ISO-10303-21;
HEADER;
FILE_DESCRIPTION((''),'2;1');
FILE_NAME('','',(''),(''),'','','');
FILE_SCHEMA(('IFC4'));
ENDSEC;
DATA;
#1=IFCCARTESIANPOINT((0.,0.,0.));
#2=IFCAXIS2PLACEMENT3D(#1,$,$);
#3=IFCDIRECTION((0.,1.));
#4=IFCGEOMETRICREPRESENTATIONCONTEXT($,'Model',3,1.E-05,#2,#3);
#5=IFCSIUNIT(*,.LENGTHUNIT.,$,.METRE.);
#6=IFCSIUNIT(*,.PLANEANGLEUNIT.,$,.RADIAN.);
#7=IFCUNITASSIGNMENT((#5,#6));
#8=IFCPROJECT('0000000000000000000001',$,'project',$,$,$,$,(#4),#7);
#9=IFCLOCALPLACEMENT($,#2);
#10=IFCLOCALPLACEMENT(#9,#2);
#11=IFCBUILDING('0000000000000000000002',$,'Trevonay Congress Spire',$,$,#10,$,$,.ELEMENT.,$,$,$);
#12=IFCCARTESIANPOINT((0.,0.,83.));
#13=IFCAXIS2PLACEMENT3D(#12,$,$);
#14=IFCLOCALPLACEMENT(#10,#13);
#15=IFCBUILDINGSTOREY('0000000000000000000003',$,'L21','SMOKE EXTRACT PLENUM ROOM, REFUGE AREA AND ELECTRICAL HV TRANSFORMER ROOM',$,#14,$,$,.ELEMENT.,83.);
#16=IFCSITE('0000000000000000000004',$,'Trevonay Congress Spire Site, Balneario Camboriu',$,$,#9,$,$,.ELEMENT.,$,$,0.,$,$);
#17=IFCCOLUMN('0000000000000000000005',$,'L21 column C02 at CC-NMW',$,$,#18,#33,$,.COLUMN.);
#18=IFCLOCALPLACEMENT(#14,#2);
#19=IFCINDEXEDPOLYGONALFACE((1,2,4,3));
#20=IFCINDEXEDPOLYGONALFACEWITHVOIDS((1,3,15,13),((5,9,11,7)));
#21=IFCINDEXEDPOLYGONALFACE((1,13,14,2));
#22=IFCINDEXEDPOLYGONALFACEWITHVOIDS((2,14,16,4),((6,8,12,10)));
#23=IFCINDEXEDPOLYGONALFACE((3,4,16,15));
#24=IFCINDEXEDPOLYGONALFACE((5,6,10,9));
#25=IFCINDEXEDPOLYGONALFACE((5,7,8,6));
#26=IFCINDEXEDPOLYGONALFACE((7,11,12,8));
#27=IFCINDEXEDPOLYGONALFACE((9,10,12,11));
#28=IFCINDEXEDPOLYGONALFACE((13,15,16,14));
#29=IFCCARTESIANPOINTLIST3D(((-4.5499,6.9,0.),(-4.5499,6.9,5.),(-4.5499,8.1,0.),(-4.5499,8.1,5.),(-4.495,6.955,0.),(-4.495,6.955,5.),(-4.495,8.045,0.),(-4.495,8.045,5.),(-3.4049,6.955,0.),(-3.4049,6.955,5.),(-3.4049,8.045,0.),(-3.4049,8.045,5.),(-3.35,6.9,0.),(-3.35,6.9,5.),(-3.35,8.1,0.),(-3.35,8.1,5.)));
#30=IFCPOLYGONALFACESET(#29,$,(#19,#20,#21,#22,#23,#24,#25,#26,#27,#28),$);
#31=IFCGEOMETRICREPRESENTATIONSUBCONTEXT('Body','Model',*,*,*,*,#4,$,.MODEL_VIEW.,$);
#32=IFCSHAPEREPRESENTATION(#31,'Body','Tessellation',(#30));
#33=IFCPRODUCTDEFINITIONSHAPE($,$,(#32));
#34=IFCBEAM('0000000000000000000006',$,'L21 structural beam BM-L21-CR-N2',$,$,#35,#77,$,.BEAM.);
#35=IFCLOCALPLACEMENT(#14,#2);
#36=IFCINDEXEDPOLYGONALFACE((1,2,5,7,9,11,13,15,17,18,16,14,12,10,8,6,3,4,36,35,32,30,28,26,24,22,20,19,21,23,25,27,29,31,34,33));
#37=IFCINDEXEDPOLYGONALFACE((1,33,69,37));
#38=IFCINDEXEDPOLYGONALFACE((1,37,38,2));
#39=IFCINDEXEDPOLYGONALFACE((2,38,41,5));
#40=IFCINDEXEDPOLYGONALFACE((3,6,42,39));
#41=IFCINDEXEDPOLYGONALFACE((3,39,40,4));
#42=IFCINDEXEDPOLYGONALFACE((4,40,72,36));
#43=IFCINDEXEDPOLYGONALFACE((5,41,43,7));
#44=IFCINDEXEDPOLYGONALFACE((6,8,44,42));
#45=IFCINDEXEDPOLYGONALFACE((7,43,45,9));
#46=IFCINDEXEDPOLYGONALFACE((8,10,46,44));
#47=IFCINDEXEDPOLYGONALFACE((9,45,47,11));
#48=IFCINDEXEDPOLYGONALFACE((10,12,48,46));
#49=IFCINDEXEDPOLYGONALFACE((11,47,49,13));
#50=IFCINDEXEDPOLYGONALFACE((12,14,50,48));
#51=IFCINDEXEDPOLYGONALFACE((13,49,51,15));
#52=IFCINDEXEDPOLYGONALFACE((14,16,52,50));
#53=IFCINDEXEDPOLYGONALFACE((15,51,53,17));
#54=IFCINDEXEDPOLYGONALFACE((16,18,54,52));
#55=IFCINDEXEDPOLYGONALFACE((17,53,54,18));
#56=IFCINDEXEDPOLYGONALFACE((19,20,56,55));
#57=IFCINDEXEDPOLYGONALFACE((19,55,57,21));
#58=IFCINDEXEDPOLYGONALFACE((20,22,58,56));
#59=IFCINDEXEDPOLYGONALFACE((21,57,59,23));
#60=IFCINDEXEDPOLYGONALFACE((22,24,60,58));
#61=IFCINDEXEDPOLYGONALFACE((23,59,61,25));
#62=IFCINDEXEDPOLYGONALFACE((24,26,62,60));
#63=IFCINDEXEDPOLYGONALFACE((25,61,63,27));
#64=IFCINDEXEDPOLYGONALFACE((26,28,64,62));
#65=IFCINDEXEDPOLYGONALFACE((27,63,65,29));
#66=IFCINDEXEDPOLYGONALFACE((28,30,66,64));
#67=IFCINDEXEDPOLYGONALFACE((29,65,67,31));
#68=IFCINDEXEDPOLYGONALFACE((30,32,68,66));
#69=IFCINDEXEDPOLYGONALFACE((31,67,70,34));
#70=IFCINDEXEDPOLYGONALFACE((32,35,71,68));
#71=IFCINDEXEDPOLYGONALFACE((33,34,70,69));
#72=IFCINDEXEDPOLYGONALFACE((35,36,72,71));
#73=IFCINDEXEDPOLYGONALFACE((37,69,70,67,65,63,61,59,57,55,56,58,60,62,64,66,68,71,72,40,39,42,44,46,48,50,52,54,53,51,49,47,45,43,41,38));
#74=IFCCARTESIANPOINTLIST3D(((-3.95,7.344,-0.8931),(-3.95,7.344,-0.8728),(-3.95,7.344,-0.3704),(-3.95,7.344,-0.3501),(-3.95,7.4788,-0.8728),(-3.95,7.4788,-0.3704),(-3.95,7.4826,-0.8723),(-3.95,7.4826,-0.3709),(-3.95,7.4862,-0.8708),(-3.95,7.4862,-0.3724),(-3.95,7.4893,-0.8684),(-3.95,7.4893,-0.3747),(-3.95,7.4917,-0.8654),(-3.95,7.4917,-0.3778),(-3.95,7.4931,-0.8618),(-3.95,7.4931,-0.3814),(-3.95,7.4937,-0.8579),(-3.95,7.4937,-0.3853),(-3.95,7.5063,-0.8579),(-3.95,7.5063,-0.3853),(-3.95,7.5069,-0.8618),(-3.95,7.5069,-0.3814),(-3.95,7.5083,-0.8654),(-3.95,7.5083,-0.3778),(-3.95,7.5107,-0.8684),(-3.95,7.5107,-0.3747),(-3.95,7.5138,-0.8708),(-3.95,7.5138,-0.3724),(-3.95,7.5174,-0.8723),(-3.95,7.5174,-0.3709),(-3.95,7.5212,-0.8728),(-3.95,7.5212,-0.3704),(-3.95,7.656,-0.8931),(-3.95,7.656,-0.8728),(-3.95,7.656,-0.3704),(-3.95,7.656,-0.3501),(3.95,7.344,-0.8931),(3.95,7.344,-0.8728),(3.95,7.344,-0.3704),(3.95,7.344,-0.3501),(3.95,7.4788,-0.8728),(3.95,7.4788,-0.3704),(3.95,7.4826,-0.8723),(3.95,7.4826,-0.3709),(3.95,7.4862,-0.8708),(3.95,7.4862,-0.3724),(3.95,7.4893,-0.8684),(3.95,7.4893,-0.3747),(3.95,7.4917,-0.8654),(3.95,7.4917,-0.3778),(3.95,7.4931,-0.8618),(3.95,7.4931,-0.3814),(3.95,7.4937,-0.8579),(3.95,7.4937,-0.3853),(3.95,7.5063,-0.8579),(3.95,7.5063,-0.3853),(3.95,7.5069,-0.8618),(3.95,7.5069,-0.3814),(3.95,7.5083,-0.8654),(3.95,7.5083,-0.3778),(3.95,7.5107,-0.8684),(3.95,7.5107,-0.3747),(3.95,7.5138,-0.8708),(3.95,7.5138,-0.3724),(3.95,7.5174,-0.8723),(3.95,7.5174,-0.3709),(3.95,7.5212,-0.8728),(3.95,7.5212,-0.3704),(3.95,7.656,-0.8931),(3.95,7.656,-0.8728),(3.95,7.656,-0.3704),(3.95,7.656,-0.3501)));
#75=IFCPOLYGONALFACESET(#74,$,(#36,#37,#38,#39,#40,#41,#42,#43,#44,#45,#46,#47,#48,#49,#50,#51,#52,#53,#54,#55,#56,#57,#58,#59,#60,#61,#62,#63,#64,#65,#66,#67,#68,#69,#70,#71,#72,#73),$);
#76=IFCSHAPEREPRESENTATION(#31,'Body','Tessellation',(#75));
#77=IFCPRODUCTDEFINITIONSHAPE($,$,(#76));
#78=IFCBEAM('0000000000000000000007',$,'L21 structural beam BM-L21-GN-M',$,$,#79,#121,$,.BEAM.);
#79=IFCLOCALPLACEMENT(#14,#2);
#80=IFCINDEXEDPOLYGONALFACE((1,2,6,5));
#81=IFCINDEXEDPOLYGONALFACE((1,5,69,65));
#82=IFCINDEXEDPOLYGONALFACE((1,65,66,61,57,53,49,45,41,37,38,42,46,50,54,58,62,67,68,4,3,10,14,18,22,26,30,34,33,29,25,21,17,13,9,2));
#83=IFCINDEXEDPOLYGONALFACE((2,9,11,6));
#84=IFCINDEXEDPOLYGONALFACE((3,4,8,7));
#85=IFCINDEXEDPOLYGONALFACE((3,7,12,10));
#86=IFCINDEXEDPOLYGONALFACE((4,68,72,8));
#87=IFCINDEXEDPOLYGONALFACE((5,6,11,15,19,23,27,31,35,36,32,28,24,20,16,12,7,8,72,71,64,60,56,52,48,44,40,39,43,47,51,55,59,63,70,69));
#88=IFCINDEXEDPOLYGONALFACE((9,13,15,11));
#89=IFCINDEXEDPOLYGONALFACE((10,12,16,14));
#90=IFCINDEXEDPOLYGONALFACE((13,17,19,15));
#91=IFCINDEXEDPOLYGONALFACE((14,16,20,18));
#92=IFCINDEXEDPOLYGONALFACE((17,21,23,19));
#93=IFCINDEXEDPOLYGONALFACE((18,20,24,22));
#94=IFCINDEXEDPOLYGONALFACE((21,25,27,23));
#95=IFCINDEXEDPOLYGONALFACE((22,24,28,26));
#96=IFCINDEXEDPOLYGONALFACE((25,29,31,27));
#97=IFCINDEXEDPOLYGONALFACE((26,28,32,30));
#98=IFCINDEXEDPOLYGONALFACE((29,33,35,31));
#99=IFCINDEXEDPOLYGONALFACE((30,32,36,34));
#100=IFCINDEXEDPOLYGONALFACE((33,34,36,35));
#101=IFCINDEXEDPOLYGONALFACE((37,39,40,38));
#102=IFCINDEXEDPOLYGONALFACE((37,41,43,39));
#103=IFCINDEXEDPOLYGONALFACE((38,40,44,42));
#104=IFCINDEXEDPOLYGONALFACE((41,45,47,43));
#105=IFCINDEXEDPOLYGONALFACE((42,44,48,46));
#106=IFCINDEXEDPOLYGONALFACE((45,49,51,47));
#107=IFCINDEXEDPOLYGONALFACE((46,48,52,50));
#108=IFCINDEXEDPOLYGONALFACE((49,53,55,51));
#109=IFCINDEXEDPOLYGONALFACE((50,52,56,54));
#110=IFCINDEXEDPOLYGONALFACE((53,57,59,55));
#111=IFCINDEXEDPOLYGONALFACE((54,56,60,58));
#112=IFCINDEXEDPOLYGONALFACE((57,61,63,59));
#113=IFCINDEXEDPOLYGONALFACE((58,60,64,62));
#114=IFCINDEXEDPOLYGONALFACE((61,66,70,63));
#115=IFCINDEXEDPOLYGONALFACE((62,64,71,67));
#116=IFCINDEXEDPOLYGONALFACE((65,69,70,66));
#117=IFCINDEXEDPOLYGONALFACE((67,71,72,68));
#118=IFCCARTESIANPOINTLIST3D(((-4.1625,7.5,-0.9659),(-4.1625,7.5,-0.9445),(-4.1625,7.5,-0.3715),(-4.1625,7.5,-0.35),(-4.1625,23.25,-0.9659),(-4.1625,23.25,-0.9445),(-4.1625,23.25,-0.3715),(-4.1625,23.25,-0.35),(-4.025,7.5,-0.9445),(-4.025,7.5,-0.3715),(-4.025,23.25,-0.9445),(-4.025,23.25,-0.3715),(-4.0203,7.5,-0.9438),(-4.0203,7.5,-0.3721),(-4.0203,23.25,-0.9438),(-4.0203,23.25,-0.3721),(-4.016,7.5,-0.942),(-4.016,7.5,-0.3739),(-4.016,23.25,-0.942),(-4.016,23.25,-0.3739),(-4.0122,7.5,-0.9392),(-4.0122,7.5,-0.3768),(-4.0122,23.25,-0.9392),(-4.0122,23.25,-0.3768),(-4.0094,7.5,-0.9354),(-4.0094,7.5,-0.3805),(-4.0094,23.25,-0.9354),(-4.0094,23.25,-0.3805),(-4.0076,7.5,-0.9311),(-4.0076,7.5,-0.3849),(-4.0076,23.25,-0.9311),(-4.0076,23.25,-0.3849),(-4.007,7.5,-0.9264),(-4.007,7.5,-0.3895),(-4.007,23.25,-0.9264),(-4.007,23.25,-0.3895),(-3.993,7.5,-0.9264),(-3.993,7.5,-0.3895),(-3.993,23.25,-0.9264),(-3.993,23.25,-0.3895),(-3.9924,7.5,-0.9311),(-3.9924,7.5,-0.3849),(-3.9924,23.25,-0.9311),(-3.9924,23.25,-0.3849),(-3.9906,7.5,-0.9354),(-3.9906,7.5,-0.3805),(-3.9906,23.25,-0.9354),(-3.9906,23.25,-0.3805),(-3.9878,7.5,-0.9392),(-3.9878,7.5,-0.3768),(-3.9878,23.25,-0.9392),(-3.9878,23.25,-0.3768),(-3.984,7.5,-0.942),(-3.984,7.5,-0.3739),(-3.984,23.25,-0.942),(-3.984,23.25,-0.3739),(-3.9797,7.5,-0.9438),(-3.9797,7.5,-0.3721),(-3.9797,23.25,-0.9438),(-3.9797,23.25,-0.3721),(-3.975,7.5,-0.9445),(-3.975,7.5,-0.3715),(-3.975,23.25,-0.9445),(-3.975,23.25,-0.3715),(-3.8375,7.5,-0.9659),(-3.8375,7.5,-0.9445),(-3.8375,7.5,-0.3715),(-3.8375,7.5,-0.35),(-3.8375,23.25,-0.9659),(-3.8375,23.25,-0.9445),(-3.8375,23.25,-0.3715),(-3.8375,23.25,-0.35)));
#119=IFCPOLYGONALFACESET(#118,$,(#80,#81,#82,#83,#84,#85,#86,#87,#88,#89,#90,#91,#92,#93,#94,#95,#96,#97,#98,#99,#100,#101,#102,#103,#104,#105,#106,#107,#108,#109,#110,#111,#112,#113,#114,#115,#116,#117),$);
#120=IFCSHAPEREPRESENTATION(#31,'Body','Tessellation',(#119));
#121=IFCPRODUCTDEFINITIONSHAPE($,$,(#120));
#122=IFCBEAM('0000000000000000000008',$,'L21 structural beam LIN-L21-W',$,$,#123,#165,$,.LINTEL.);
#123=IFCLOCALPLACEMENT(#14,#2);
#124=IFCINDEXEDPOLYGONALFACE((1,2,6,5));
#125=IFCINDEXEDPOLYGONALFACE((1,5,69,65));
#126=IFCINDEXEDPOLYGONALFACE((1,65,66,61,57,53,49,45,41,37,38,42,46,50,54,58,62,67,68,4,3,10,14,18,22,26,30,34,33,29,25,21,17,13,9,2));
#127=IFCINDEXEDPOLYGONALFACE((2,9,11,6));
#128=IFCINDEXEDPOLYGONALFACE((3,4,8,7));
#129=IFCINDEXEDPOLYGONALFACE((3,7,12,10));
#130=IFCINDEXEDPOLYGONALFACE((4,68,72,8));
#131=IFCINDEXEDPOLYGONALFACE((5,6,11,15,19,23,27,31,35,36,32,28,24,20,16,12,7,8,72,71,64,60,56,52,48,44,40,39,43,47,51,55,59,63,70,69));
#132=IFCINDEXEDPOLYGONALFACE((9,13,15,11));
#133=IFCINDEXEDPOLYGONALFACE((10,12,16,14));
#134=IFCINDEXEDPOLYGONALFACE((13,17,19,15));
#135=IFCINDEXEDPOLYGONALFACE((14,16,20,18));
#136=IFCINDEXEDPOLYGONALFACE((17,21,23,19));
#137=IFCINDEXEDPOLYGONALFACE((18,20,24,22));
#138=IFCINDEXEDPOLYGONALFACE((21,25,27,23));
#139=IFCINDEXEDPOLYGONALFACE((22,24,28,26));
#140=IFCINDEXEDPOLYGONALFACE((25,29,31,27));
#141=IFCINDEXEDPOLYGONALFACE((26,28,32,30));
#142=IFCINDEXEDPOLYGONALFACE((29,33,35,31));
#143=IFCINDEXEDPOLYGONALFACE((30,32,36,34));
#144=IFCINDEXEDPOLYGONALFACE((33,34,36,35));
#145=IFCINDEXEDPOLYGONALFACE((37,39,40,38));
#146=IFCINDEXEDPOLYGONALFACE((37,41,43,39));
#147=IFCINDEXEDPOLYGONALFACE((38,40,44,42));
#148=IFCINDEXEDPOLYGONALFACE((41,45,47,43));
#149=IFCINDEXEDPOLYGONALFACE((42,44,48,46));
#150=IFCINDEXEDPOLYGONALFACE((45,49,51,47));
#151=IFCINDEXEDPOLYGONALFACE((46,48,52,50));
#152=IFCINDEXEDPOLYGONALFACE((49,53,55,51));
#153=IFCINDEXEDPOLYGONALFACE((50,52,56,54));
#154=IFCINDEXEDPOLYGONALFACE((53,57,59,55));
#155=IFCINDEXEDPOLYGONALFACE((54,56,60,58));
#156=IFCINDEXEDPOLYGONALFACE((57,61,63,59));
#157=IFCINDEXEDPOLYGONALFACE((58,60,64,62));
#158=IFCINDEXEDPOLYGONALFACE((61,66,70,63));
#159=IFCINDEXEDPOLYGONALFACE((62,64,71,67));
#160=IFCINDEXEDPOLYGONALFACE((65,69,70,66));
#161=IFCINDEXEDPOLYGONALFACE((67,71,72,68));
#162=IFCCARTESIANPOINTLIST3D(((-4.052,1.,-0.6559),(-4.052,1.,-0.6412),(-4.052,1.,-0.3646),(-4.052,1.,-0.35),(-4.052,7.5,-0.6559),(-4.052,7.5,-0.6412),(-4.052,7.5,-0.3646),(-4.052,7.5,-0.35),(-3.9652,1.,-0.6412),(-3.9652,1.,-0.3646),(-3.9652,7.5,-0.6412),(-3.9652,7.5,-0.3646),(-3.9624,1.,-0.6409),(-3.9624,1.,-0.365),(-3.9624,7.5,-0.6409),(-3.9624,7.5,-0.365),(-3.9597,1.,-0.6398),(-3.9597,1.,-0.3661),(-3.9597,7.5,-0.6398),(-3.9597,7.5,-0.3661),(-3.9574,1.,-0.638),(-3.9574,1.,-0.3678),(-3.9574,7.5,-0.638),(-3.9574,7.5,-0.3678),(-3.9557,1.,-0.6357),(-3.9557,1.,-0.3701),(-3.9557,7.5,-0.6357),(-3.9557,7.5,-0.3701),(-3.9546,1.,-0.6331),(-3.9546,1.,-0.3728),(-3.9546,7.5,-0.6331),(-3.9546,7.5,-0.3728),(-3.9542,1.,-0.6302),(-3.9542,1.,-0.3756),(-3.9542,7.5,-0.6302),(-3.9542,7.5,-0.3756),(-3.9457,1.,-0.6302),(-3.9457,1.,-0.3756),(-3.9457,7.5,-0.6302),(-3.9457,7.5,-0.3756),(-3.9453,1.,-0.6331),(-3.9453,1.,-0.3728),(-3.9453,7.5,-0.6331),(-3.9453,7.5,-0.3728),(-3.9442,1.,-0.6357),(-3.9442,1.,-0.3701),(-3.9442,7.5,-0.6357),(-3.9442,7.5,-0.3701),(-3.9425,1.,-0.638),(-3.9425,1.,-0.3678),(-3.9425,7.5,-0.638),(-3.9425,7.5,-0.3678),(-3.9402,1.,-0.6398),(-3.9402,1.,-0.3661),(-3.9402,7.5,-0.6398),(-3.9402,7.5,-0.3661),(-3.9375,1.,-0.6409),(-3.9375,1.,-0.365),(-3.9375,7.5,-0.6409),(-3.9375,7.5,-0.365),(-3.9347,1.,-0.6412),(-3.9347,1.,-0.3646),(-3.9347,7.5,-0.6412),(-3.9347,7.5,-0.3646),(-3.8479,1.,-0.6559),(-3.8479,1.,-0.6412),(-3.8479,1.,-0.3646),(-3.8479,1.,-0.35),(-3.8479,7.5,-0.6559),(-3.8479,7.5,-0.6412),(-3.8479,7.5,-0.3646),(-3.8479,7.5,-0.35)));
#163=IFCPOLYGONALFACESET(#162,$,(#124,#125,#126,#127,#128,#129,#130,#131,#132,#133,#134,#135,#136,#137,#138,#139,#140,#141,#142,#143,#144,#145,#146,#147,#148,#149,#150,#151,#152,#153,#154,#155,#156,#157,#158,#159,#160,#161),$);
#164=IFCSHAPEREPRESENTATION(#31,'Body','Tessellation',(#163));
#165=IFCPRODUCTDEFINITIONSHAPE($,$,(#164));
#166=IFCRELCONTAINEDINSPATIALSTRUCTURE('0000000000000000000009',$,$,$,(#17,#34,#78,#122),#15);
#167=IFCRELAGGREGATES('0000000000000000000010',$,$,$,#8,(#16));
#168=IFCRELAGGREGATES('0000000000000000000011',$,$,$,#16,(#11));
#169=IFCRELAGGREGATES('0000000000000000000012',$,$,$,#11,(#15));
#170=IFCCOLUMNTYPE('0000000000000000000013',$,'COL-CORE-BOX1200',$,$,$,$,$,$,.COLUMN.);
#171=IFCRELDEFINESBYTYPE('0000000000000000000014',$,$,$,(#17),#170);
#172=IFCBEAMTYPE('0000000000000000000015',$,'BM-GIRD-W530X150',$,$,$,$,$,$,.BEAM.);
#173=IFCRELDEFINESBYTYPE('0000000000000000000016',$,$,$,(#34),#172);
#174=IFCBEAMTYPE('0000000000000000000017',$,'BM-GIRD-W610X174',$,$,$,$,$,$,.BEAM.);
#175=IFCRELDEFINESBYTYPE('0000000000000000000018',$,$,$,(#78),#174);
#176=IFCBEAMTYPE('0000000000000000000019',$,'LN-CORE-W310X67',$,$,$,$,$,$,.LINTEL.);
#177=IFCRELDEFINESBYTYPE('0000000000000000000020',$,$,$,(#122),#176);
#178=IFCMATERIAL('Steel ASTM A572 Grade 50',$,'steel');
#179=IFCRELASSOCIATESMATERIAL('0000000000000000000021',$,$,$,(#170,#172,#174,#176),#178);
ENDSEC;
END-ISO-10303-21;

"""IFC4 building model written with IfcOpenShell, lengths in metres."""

from ifc_helpers import new_model, si_unit, direction, frame, origin, origin_2d, place, context, subcontext, project, spatial, hollow_rectangle, i_section, extrude, material, material_profile, profile_set, type_object, element, save


model = new_model("IFC4")

# Units and contexts
model_context = context("Model", 3, precision=1e-05, world=origin(), true_north=direction((0.0, 1.0)))
body_context = subcontext(model_context, "Body", "Model", "MODEL_VIEW")
ifc_project = project(units=[si_unit("LENGTHUNIT", "METRE"), si_unit("PLANEANGLEUNIT", "RADIAN")], contexts=[model_context])

# Site, building, storey
site_placement = place(None, origin())
site = spatial("IfcSite", under=ifc_project, at=site_placement, Name="Trevonay Congress Spire Site, Balneario Camboriu", CompositionType="ELEMENT", RefElevation=0.0)
building_placement = place(site_placement, origin())
building = spatial("IfcBuilding", under=site, at=building_placement, Name="Trevonay Congress Spire", CompositionType="ELEMENT")
storey_placement = place(building_placement, frame((0.0, 0.0, 83.0)))
storey = spatial("IfcBuildingStorey", under=building, at=storey_placement, Name="L21", Description="SMOKE EXTRACT PLENUM ROOM, REFUGE AREA AND ELECTRICAL HV TRANSFORMER ROOM", CompositionType="ELEMENT", Elevation=83.0)

# Column
ifc_material_1 = material(Name="Steel ASTM A572 Grade 50", Category="steel")
ifc_material_profile_1 = material_profile(ifc_material_1, hollow_rectangle(XDim=1.2, YDim=1.2, WallThickness=0.0549, at=origin_2d()), Name="BOX 1200x1200x55")
ifc_profile_set_1 = profile_set([ifc_material_profile_1], Name="Steel ASTM A572 Grade 50")
column_type = type_object("IfcColumnType", Name="COL-CORE-BOX1200", PredefinedType="COLUMN", material=ifc_profile_set_1)
column_placement = place(storey_placement, frame((-3.95, 7.5, 0.0), z_axis=(0.0, 0.0, 1.0), x_axis=(1.0, 0.0, 0.0)))
element("IfcColumn", 1, at=column_placement, inside=storey, type_object=column_type, Name="L21 column C02 at CC-NMW", PredefinedType="COLUMN", context=body_context, shape_type="SweptSolid", body=[
    extrude(hollow_rectangle(XDim=1.2, YDim=1.2, WallThickness=0.0549, at=origin_2d()), origin(), (0.0, 0.0, 1.0), 5.0),
])

# Beams
ifc_material_profile_2 = material_profile(ifc_material_1, i_section(OverallWidth=0.312, OverallDepth=0.543, WebThickness=0.0127, FlangeThickness=0.0203, FilletRadius=0.0149, at=origin_2d()), Name="W530x150")
ifc_profile_set_2 = profile_set([ifc_material_profile_2], Name="Steel ASTM A572 Grade 50")
beam_type_1 = type_object("IfcBeamType", Name="BM-GIRD-W530X150", PredefinedType="BEAM", material=ifc_profile_set_2)
beam_1_placement = place(storey_placement, frame((-3.95, 7.5, -0.6216), z_axis=(1.0, 0.0, 0.0), x_axis=(0.0, 1.0, 0.0)))
element("IfcBeam", 2, at=beam_1_placement, inside=storey, type_object=beam_type_1, Name="L21 structural beam BM-L21-CR-N2", PredefinedType="BEAM", context=body_context, shape_type="SweptSolid", body=[
    extrude(i_section(OverallWidth=0.312, OverallDepth=0.543, WebThickness=0.0127, FlangeThickness=0.0203, FilletRadius=0.0149, at=origin_2d()), origin(), (0.0, 0.0, 1.0), 7.8999),
])
ifc_material_profile_3 = material_profile(ifc_material_1, i_section(OverallWidth=0.325, OverallDepth=0.616, WebThickness=0.0139, FlangeThickness=0.0215, FilletRadius=0.0181, at=origin_2d()), Name="W610x174")
ifc_profile_set_3 = profile_set([ifc_material_profile_3], Name="Steel ASTM A572 Grade 50")
beam_type_2 = type_object("IfcBeamType", Name="BM-GIRD-W610X174", PredefinedType="BEAM", material=ifc_profile_set_3)
beam_2_placement = place(storey_placement, frame((-4.0, 7.5, -0.658), z_axis=(0.0, 1.0, 0.0), x_axis=(-1.0, 0.0, 0.0)))
element("IfcBeam", 3, at=beam_2_placement, inside=storey, type_object=beam_type_2, Name="L21 structural beam BM-L21-GN-M", PredefinedType="BEAM", context=body_context, shape_type="SweptSolid", body=[
    extrude(i_section(OverallWidth=0.325, OverallDepth=0.616, WebThickness=0.0139, FlangeThickness=0.0215, FilletRadius=0.0181, at=origin_2d()), origin(), (0.0, 0.0, 1.0), 15.75),
])
ifc_material_profile_4 = material_profile(ifc_material_1, i_section(OverallWidth=0.2041, OverallDepth=0.3059, WebThickness=0.0085, FlangeThickness=0.0146, FilletRadius=0.011, at=origin_2d()), Name="W310x67")
ifc_profile_set_4 = profile_set([ifc_material_profile_4], Name="Steel ASTM A572 Grade 50")
beam_type_3 = type_object("IfcBeamType", Name="LN-CORE-W310X67", PredefinedType="LINTEL", material=ifc_profile_set_4)
beam_3_placement = place(storey_placement, frame((-3.95, 1.0, -0.5029), z_axis=(0.0, 1.0, 0.0), x_axis=(-1.0, 0.0, 0.0)))
element("IfcBeam", 4, at=beam_3_placement, inside=storey, type_object=beam_type_3, Name="L21 structural beam LIN-L21-W", PredefinedType="LINTEL", context=body_context, shape_type="SweptSolid", body=[
    extrude(i_section(OverallWidth=0.2041, OverallDepth=0.3059, WebThickness=0.0085, FlangeThickness=0.0146, FilletRadius=0.011, at=origin_2d()), origin(), (0.0, 0.0, 1.0), 6.5),
])

save(model, "model.ifc")
